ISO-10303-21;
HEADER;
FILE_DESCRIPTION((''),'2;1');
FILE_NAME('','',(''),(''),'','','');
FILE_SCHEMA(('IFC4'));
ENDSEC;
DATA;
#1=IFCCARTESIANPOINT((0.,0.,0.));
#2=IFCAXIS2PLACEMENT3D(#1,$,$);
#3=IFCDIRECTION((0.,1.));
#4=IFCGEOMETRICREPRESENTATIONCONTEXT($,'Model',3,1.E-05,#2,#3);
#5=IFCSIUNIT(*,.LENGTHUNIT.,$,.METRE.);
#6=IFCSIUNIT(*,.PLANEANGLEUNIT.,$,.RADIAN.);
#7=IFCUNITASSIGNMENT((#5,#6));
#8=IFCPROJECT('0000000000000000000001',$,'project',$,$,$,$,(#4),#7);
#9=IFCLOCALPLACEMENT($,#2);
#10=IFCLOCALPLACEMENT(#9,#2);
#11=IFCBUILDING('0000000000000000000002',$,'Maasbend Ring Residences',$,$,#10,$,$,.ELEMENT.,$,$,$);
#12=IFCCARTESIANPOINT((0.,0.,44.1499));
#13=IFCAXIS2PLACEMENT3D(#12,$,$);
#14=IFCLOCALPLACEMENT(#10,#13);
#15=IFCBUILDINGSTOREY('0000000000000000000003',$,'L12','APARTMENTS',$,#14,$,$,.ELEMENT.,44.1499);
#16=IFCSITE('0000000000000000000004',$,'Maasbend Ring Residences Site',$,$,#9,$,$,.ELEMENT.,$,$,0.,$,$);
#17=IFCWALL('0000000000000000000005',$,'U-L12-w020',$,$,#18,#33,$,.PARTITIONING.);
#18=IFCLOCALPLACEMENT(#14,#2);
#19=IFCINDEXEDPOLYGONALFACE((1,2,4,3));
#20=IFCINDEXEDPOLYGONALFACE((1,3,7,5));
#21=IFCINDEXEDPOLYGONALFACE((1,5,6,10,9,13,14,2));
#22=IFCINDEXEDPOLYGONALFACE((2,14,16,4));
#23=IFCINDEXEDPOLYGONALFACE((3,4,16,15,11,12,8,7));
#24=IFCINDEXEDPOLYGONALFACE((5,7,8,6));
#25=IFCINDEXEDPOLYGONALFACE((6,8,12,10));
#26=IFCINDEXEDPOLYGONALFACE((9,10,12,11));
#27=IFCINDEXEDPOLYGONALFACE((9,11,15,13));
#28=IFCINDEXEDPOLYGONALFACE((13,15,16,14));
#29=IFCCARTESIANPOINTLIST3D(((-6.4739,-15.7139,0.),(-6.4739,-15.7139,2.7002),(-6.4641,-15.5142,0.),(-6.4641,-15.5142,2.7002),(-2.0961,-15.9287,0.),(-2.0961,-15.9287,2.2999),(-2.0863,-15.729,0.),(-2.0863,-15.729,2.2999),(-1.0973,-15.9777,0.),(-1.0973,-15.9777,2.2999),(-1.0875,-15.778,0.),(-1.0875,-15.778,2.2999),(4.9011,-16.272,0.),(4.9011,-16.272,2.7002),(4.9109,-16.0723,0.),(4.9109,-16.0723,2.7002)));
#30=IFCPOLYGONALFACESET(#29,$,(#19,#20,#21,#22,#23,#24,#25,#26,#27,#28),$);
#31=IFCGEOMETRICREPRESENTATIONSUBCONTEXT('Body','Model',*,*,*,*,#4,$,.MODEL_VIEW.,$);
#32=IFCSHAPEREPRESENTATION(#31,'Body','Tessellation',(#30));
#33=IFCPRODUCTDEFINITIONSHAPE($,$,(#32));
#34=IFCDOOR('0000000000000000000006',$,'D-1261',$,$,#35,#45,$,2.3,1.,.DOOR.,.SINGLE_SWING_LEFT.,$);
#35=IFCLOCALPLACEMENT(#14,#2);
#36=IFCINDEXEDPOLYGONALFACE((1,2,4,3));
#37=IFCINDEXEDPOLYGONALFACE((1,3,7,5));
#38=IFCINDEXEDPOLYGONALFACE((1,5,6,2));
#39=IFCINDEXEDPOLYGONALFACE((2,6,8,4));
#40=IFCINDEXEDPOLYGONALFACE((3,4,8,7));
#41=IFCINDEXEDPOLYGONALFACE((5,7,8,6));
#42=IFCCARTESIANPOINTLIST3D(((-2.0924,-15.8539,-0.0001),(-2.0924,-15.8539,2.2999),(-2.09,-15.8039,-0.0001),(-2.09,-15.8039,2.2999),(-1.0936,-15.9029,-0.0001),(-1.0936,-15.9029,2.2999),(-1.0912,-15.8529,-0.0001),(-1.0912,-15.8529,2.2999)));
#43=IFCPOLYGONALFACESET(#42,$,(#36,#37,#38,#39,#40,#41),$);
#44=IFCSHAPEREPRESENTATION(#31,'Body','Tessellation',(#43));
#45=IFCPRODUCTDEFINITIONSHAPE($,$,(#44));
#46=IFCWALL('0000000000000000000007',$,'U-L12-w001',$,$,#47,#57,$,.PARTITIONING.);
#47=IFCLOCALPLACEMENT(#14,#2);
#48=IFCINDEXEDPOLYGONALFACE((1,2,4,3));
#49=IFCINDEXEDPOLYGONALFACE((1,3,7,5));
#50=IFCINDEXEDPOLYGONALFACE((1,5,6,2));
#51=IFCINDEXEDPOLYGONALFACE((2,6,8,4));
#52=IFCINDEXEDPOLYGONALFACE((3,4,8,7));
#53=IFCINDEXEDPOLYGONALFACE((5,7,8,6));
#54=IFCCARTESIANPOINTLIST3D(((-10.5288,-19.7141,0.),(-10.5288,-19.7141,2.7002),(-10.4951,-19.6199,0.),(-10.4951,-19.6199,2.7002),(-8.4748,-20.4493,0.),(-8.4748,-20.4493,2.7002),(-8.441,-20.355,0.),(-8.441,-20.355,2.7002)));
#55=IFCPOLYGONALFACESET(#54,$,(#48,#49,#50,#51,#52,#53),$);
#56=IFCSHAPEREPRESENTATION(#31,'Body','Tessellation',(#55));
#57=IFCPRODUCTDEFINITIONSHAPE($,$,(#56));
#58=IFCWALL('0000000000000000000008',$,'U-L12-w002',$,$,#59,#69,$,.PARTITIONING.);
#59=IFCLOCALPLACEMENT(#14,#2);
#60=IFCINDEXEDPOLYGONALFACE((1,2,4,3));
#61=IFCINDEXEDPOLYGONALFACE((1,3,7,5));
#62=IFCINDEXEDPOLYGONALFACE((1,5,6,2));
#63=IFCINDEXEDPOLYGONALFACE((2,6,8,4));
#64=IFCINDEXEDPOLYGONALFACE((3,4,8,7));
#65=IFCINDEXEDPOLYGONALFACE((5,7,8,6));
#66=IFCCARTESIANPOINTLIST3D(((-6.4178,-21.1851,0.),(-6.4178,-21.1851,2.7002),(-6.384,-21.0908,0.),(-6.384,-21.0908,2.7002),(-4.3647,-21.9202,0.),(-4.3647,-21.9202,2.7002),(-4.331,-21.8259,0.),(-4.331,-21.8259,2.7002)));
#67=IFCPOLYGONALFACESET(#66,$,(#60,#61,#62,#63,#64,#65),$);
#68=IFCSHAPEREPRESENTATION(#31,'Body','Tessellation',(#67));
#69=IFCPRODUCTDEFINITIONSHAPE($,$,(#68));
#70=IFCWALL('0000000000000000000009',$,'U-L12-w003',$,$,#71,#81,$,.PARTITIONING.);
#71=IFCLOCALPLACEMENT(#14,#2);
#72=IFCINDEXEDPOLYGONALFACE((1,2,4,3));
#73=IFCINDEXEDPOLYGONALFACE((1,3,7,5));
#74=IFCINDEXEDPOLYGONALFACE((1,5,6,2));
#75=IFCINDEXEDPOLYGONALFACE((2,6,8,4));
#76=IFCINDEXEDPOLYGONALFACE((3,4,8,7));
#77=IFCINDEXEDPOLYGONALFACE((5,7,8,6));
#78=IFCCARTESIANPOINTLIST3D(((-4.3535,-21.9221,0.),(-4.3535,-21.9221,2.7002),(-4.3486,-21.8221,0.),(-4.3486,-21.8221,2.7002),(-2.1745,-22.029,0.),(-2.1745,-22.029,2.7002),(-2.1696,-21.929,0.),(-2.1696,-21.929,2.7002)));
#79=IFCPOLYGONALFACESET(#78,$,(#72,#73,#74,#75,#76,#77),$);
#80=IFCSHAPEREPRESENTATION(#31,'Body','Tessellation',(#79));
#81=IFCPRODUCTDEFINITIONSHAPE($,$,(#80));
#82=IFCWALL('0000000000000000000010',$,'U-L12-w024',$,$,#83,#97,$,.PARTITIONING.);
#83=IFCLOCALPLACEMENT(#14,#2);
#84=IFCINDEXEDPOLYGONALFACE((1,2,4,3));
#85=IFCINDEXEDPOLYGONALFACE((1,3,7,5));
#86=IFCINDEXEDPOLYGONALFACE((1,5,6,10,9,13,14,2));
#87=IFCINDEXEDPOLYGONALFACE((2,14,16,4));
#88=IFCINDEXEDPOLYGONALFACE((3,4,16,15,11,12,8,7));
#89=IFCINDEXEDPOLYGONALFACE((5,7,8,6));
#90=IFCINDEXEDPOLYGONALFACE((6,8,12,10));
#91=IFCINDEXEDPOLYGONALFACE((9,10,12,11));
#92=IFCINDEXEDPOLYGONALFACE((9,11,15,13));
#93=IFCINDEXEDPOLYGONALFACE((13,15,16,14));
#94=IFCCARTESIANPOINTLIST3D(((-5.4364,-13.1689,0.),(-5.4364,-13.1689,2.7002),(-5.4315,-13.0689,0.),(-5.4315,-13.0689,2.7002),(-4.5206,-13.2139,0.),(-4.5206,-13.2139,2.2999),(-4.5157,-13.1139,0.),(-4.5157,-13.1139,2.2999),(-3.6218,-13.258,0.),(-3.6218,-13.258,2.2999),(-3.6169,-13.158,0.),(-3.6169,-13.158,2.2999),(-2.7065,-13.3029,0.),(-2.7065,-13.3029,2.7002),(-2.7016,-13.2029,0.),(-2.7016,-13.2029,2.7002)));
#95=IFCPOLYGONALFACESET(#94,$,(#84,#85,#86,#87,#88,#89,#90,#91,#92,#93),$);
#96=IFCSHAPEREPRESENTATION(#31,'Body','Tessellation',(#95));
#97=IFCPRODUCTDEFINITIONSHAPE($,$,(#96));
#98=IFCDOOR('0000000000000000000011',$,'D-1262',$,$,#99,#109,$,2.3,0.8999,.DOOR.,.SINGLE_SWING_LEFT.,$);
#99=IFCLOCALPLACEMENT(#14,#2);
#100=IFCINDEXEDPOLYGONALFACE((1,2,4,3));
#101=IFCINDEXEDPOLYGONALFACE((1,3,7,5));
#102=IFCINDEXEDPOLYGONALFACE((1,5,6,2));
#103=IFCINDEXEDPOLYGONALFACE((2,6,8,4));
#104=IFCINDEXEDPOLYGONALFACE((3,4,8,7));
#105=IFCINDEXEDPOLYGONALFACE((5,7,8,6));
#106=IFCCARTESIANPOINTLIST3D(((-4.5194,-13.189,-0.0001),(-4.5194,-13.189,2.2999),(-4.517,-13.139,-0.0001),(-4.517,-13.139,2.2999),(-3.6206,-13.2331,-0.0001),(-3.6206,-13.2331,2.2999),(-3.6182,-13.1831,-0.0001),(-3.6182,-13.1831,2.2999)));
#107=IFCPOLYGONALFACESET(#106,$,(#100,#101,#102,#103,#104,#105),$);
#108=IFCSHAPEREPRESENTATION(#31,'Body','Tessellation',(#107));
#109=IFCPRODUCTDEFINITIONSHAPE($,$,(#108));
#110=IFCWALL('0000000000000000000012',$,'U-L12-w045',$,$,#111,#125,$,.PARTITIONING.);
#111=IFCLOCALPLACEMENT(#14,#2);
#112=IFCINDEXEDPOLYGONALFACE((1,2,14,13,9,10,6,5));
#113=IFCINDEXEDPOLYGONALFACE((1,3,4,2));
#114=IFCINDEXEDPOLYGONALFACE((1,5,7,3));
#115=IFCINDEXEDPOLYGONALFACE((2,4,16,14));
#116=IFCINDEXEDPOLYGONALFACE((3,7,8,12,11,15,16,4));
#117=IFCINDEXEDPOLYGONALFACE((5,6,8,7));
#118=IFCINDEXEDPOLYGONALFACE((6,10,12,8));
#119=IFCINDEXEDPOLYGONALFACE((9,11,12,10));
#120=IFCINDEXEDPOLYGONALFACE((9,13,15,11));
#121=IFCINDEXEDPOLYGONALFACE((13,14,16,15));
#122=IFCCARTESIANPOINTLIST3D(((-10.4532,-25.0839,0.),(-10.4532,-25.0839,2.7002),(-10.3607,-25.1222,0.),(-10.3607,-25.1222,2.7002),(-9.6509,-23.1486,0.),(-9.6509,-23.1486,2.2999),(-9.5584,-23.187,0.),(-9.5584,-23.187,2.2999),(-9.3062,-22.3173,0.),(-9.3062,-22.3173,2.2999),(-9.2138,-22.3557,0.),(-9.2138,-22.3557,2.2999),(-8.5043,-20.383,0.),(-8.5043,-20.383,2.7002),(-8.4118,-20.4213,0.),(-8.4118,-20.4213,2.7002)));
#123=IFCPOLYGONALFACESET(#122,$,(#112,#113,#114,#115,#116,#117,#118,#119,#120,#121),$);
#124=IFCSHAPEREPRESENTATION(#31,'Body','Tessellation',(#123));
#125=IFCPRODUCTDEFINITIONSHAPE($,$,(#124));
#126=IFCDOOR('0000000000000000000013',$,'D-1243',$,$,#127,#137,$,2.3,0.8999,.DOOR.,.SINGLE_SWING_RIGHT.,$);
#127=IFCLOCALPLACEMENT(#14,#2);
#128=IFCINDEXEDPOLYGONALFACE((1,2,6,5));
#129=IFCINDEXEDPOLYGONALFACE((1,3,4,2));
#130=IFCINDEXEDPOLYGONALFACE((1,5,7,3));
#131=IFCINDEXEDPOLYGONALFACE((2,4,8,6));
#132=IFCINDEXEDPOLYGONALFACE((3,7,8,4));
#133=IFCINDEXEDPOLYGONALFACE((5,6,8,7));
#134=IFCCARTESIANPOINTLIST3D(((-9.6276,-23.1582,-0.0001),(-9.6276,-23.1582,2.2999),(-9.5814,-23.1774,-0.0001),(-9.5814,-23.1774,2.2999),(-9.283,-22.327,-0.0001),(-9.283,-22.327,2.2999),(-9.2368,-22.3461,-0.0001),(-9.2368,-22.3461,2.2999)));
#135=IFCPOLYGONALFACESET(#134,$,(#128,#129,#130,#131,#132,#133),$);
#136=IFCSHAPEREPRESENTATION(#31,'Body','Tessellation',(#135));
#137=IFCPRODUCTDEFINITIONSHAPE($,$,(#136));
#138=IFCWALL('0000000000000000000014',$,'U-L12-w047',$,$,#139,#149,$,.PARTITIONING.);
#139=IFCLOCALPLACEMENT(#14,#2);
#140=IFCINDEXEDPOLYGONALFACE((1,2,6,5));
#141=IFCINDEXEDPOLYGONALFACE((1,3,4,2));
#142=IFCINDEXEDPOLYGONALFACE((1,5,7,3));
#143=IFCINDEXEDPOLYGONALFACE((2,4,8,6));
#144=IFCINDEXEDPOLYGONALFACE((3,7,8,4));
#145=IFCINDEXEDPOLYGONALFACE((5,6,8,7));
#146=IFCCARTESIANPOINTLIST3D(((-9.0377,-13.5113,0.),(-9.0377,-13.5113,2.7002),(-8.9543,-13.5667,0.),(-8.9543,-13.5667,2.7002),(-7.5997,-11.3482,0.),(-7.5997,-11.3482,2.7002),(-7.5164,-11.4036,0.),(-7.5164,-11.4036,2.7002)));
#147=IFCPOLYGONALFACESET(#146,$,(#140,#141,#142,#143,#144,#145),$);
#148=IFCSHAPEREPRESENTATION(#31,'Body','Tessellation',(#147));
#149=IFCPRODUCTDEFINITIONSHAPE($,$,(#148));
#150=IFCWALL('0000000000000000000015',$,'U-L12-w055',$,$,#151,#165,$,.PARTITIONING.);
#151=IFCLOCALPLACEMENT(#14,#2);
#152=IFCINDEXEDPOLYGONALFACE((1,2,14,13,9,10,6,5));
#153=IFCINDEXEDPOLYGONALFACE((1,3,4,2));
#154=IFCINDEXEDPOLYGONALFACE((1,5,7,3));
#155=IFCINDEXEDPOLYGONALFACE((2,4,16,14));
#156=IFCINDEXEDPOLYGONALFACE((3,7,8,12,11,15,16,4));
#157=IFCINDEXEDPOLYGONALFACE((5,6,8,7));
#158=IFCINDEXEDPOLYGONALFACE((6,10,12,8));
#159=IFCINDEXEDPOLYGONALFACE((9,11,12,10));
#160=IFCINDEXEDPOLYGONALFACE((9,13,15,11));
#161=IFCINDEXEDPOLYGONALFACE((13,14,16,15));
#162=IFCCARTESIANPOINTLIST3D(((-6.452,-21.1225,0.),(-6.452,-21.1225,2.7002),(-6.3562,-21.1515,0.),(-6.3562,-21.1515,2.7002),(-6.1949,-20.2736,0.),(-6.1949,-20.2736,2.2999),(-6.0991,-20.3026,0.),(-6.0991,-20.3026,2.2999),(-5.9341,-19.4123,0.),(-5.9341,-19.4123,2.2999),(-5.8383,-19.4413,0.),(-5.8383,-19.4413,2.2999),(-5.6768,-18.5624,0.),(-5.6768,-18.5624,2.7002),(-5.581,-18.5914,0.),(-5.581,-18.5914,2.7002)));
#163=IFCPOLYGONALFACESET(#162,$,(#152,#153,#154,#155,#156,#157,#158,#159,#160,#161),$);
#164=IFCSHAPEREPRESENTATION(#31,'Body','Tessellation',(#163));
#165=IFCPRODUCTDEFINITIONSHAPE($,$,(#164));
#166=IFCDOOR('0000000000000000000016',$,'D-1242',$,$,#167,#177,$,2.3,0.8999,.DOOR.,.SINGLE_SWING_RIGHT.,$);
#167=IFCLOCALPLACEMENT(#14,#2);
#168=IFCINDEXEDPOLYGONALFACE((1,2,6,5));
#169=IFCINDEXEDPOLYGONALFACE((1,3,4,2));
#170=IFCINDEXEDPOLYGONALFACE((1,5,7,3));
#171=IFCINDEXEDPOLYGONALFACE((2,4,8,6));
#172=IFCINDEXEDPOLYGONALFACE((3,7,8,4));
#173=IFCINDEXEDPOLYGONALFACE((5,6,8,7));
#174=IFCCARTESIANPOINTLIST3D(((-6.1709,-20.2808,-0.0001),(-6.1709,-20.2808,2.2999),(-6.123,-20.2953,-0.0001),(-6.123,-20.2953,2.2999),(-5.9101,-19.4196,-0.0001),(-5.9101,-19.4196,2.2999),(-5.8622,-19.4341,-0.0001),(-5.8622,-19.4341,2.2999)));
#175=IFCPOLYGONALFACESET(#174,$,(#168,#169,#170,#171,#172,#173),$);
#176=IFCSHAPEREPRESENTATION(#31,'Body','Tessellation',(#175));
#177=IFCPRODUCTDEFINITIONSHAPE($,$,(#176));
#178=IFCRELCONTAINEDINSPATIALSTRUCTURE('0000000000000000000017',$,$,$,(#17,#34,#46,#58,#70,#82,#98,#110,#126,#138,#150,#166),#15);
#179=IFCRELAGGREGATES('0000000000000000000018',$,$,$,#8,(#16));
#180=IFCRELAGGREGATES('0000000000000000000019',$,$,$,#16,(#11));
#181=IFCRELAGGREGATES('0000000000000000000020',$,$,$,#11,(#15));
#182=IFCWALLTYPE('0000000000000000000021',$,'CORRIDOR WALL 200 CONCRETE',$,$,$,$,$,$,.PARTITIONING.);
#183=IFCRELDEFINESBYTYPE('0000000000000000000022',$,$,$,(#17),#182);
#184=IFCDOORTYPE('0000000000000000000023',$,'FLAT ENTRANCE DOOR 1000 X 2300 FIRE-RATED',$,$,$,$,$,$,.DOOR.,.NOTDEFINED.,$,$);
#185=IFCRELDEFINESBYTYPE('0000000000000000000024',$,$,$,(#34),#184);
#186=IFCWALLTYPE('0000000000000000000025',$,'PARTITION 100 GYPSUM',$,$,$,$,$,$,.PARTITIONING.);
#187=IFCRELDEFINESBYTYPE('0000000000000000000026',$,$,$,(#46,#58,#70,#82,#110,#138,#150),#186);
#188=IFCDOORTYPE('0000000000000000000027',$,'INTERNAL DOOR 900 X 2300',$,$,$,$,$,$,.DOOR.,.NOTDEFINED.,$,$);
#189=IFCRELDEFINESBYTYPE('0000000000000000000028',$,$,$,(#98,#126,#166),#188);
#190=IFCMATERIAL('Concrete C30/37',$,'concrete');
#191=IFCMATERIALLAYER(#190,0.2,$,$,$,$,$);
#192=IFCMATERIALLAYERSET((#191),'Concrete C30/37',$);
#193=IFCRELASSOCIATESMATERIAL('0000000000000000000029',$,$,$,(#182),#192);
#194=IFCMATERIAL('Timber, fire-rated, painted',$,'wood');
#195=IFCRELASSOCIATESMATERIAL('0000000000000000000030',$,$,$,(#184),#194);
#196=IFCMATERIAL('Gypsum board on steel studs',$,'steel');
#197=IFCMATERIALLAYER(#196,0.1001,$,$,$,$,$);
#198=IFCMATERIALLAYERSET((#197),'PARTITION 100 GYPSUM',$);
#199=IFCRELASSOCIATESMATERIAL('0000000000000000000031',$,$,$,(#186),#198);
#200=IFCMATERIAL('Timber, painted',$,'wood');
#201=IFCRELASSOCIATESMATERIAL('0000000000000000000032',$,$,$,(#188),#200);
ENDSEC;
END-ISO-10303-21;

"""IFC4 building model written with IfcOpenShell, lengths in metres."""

from ifc_helpers import new_model, si_unit, direction, frame, frame_2d, origin, place, context, subcontext, project, spatial, rectangle, extrude, material, layer, layer_set, type_object, element, fill, save


model = new_model("IFC4")

# Units and contexts
model_context = context("Model", 3, precision=1e-05, world=origin(), true_north=direction((0.0, 1.0)))
body_context = subcontext(model_context, "Body", "Model", "MODEL_VIEW")
ifc_project = project(units=[si_unit("LENGTHUNIT", "METRE"), si_unit("PLANEANGLEUNIT", "RADIAN")], contexts=[model_context])

# Site, building, storey
site_placement = place(None, origin())
site = spatial("IfcSite", under=ifc_project, at=site_placement, Name="Maasbend Ring Residences Site", CompositionType="ELEMENT", RefElevation=0.0)
building_placement = place(site_placement, origin())
building = spatial("IfcBuilding", under=site, at=building_placement, Name="Maasbend Ring Residences", CompositionType="ELEMENT")
storey_placement = place(building_placement, frame((0.0, 0.0, 44.1499)))
storey = spatial("IfcBuildingStorey", under=building, at=storey_placement, Name="L12", Description="APARTMENTS", CompositionType="ELEMENT", Elevation=44.1499)

# Wall, opening, door
ifc_material_1 = material(Name="Concrete C30/37", Category="concrete")
ifc_layer_1 = layer(ifc_material_1, 0.2)
ifc_layer_set_1 = layer_set([ifc_layer_1], Name="Concrete C30/37")
wall_type_1 = type_object("IfcWallType", Name="CORRIDOR WALL 200 CONCRETE", PredefinedType="PARTITIONING", material=ifc_layer_set_1)
ifc_material_2 = material(Name="Timber, fire-rated, painted", Category="wood")
door_type_1 = type_object("IfcDoorType", Name="FLAT ENTRANCE DOOR 1000 X 2300 FIRE-RATED", OperationType="NOTDEFINED", PredefinedType="DOOR", material=ifc_material_2)
wall_1_placement = place(storey_placement, frame((-6.469, -15.614, 0.0), z_axis=(0.0, 0.0, 1.0), x_axis=(0.998799, -0.049005, 0.0)))
wall_1 = element("IfcWall", 1, at=wall_1_placement, inside=storey, type_object=wall_type_1, Name="U-L12-w020", PredefinedType="PARTITIONING", context=body_context, shape_type="SweptSolid", body=[
    extrude(rectangle(XDim=11.3887, YDim=0.2, at=frame_2d((5.6943, 0.0))), origin(), (0.0, 0.0, 1.0), 2.7002),
])
opening_1_placement = place(wall_1_placement, frame((4.3831, 0.0, 0.0)))
opening_1 = element("IfcOpeningElement", 2, at=opening_1_placement, cuts=wall_1, PredefinedType="OPENING", context=body_context, shape_type="SweptSolid", body=[
    extrude(rectangle(XDim=1.0, YDim=2.3, at=frame_2d((0.5, 1.1499))), frame((0.0, 0.1099, 0.0), z_axis=(0.0, -1.0, 0.0), x_axis=(1.0, 0.0, 0.0)), (0.0, 0.0, 1.0), 0.22),
])
door_1_placement = place(opening_1_placement, origin())
door_1 = element("IfcDoor", 3, at=door_1_placement, inside=storey, type_object=door_type_1, Name="D-1261", OperationType="SINGLE_SWING_LEFT", OverallHeight=2.3, OverallWidth=1.0, PredefinedType="DOOR", context=body_context, shape_type="SweptSolid", body=[
    extrude(rectangle(XDim=1.0, YDim=2.3, at=frame_2d((0.5, 1.1499))), frame((0.0, 0.0249, 0.0), z_axis=(0.0, -1.0, 0.0), x_axis=(1.0, 0.0, 0.0)), (0.0, 0.0, 1.0), 0.05),
])
fill(opening_1, door_1)

# Walls
ifc_material_3 = material(Name="Gypsum board on steel studs", Category="steel")
ifc_layer_2 = layer(ifc_material_3, 0.1001)
ifc_layer_set_2 = layer_set([ifc_layer_2], Name="PARTITION 100 GYPSUM")
wall_type_2 = type_object("IfcWallType", Name="PARTITION 100 GYPSUM", PredefinedType="PARTITIONING", material=ifc_layer_set_2)
wall_2_placement = place(storey_placement, frame((-10.512, -19.667, 0.0), z_axis=(0.0, 0.0, 1.0), x_axis=(0.941516, -0.336967, 0.0)))
element("IfcWall", 4, at=wall_2_placement, inside=storey, type_object=wall_type_2, Name="U-L12-w001", PredefinedType="PARTITIONING", context=body_context, shape_type="SweptSolid", body=[
    extrude(rectangle(XDim=2.1816, YDim=0.1001, at=frame_2d((1.0908, 0.0))), origin(), (0.0, 0.0, 1.0), 2.7002),
])
wall_3_placement = place(storey_placement, frame((-6.4009, -21.1379, 0.0), z_axis=(0.0, 0.0, 1.0), x_axis=(0.941465, -0.337109, 0.0)))
element("IfcWall", 5, at=wall_3_placement, inside=storey, type_object=wall_type_2, Name="U-L12-w002", PredefinedType="PARTITIONING", context=body_context, shape_type="SweptSolid", body=[
    extrude(rectangle(XDim=2.1807, YDim=0.1001, at=frame_2d((1.0903, 0.0))), origin(), (0.0, 0.0, 1.0), 2.7002),
])
wall_4_placement = place(storey_placement, frame((-4.3511, -21.8721, 0.0), z_axis=(0.0, 0.0, 1.0), x_axis=(0.998798, -0.049017, 0.0)))
element("IfcWall", 6, at=wall_4_placement, inside=storey, type_object=wall_type_2, Name="U-L12-w003", PredefinedType="PARTITIONING", context=body_context, shape_type="SweptSolid", body=[
    extrude(rectangle(XDim=2.1816, YDim=0.1001, at=frame_2d((1.0908, 0.0))), origin(), (0.0, 0.0, 1.0), 2.7002),
])

# Walls, openings, doors
wall_5_placement = place(storey_placement, frame((-5.4341, -13.1189, 0.0), z_axis=(0.0, 0.0, 1.0), x_axis=(0.998797, -0.049038, 0.0)))
wall_5 = element("IfcWall", 7, at=wall_5_placement, inside=storey, type_object=wall_type_2, Name="U-L12-w024", PredefinedType="PARTITIONING", context=body_context, shape_type="SweptSolid", body=[
    extrude(rectangle(XDim=2.7332, YDim=0.1001, at=frame_2d((1.3667, 0.0))), origin(), (0.0, 0.0, 1.0), 2.7002),
])
opening_2_placement = place(wall_5_placement, frame((0.917, 0.0, 0.0)))
opening_2 = element("IfcOpeningElement", 8, at=opening_2_placement, cuts=wall_5, PredefinedType="OPENING", context=body_context, shape_type="SweptSolid", body=[
    extrude(rectangle(XDim=0.8999, YDim=2.3, at=frame_2d((0.45, 1.1499))), frame((0.0, 0.0601, 0.0), z_axis=(0.0, -1.0, 0.0), x_axis=(1.0, 0.0, 0.0)), (0.0, 0.0, 1.0), 0.1201),
])
ifc_material_4 = material(Name="Timber, painted", Category="wood")
door_type_2 = type_object("IfcDoorType", Name="INTERNAL DOOR 900 X 2300", OperationType="NOTDEFINED", PredefinedType="DOOR", material=ifc_material_4)
door_2_placement = place(opening_2_placement, origin())
door_2 = element("IfcDoor", 9, at=door_2_placement, inside=storey, type_object=door_type_2, Name="D-1262", OperationType="SINGLE_SWING_LEFT", OverallHeight=2.3, OverallWidth=0.8999, PredefinedType="DOOR", context=body_context, shape_type="SweptSolid", body=[
    extrude(rectangle(XDim=0.8999, YDim=2.3, at=frame_2d((0.45, 1.1499))), frame((0.0, 0.0249, 0.0), z_axis=(0.0, -1.0, 0.0), x_axis=(1.0, 0.0, 0.0)), (0.0, 0.0, 1.0), 0.05),
])
fill(opening_2, door_2)
wall_6_placement = place(storey_placement, frame((-10.407, -25.103, 0.0), z_axis=(0.0, 0.0, 1.0), x_axis=(0.382983, 0.923755, 0.0)))
wall_6 = element("IfcWall", 10, at=wall_6_placement, inside=storey, type_object=wall_type_2, Name="U-L12-w045", PredefinedType="PARTITIONING", context=body_context, shape_type="SweptSolid", body=[
    extrude(rectangle(XDim=5.0889, YDim=0.1001, at=frame_2d((2.5444, 0.0))), origin(), (0.0, 0.0, 1.0), 2.7002),
])
opening_3_placement = place(wall_6_placement, frame((2.095, 0.0, 0.0)))
opening_3 = element("IfcOpeningElement", 11, at=opening_3_placement, cuts=wall_6, PredefinedType="OPENING", context=body_context, shape_type="SweptSolid", body=[
    extrude(rectangle(XDim=0.8999, YDim=2.3, at=frame_2d((0.45, 1.1499))), frame((0.0, 0.0601, 0.0), z_axis=(0.0, -1.0, 0.0), x_axis=(1.0, 0.0, 0.0)), (0.0, 0.0, 1.0), 0.1201),
])
door_3_placement = place(opening_3_placement, origin())
door_3 = element("IfcDoor", 12, at=door_3_placement, inside=storey, type_object=door_type_2, Name="D-1243", OperationType="SINGLE_SWING_RIGHT", OverallHeight=2.3, OverallWidth=0.8999, PredefinedType="DOOR", context=body_context, shape_type="SweptSolid", body=[
    extrude(rectangle(XDim=0.8999, YDim=2.3, at=frame_2d((0.45, 1.1499))), frame((0.0, 0.0249, 0.0), z_axis=(0.0, -1.0, 0.0), x_axis=(1.0, 0.0, 0.0)), (0.0, 0.0, 1.0), 0.05),
])
fill(opening_3, door_3)

# Wall
wall_7_placement = place(storey_placement, frame((-8.9961, -13.5391, 0.0), z_axis=(0.0, 0.0, 1.0), x_axis=(0.553615, 0.832773, 0.0)))
element("IfcWall", 13, at=wall_7_placement, inside=storey, type_object=wall_type_2, Name="U-L12-w047", PredefinedType="PARTITIONING", context=body_context, shape_type="SweptSolid", body=[
    extrude(rectangle(XDim=2.5974, YDim=0.1001, at=frame_2d((1.2988, 0.0))), origin(), (0.0, 0.0, 1.0), 2.7002),
])

# Wall, opening, door
wall_8_placement = place(storey_placement, frame((-6.4041, -21.137, 0.0), z_axis=(0.0, 0.0, 1.0), x_axis=(0.289792, 0.95709, 0.0)))
wall_8 = element("IfcWall", 14, at=wall_8_placement, inside=storey, type_object=wall_type_2, Name="U-L12-w055", PredefinedType="PARTITIONING", context=body_context, shape_type="SweptSolid", body=[
    extrude(rectangle(XDim=2.6748, YDim=0.1001, at=frame_2d((1.3374, 0.0))), origin(), (0.0, 0.0, 1.0), 2.7002),
])
opening_4_placement = place(wall_8_placement, frame((0.887, 0.0, 0.0)))
opening_4 = element("IfcOpeningElement", 15, at=opening_4_placement, cuts=wall_8, PredefinedType="OPENING", context=body_context, shape_type="SweptSolid", body=[
    extrude(rectangle(XDim=0.8999, YDim=2.3, at=frame_2d((0.45, 1.1499))), frame((0.0, 0.0601, 0.0), z_axis=(0.0, -1.0, 0.0), x_axis=(1.0, 0.0, 0.0)), (0.0, 0.0, 1.0), 0.1201),
])
door_4_placement = place(opening_4_placement, origin())
door_4 = element("IfcDoor", 16, at=door_4_placement, inside=storey, type_object=door_type_2, Name="D-1242", OperationType="SINGLE_SWING_RIGHT", OverallHeight=2.3, OverallWidth=0.8999, PredefinedType="DOOR", context=body_context, shape_type="SweptSolid", body=[
    extrude(rectangle(XDim=0.8999, YDim=2.3, at=frame_2d((0.45, 1.1499))), frame((0.0, 0.0249, 0.0), z_axis=(0.0, -1.0, 0.0), x_axis=(1.0, 0.0, 0.0)), (0.0, 0.0, 1.0), 0.05),
])
fill(opening_4, door_4)

save(model, "model.ifc")
